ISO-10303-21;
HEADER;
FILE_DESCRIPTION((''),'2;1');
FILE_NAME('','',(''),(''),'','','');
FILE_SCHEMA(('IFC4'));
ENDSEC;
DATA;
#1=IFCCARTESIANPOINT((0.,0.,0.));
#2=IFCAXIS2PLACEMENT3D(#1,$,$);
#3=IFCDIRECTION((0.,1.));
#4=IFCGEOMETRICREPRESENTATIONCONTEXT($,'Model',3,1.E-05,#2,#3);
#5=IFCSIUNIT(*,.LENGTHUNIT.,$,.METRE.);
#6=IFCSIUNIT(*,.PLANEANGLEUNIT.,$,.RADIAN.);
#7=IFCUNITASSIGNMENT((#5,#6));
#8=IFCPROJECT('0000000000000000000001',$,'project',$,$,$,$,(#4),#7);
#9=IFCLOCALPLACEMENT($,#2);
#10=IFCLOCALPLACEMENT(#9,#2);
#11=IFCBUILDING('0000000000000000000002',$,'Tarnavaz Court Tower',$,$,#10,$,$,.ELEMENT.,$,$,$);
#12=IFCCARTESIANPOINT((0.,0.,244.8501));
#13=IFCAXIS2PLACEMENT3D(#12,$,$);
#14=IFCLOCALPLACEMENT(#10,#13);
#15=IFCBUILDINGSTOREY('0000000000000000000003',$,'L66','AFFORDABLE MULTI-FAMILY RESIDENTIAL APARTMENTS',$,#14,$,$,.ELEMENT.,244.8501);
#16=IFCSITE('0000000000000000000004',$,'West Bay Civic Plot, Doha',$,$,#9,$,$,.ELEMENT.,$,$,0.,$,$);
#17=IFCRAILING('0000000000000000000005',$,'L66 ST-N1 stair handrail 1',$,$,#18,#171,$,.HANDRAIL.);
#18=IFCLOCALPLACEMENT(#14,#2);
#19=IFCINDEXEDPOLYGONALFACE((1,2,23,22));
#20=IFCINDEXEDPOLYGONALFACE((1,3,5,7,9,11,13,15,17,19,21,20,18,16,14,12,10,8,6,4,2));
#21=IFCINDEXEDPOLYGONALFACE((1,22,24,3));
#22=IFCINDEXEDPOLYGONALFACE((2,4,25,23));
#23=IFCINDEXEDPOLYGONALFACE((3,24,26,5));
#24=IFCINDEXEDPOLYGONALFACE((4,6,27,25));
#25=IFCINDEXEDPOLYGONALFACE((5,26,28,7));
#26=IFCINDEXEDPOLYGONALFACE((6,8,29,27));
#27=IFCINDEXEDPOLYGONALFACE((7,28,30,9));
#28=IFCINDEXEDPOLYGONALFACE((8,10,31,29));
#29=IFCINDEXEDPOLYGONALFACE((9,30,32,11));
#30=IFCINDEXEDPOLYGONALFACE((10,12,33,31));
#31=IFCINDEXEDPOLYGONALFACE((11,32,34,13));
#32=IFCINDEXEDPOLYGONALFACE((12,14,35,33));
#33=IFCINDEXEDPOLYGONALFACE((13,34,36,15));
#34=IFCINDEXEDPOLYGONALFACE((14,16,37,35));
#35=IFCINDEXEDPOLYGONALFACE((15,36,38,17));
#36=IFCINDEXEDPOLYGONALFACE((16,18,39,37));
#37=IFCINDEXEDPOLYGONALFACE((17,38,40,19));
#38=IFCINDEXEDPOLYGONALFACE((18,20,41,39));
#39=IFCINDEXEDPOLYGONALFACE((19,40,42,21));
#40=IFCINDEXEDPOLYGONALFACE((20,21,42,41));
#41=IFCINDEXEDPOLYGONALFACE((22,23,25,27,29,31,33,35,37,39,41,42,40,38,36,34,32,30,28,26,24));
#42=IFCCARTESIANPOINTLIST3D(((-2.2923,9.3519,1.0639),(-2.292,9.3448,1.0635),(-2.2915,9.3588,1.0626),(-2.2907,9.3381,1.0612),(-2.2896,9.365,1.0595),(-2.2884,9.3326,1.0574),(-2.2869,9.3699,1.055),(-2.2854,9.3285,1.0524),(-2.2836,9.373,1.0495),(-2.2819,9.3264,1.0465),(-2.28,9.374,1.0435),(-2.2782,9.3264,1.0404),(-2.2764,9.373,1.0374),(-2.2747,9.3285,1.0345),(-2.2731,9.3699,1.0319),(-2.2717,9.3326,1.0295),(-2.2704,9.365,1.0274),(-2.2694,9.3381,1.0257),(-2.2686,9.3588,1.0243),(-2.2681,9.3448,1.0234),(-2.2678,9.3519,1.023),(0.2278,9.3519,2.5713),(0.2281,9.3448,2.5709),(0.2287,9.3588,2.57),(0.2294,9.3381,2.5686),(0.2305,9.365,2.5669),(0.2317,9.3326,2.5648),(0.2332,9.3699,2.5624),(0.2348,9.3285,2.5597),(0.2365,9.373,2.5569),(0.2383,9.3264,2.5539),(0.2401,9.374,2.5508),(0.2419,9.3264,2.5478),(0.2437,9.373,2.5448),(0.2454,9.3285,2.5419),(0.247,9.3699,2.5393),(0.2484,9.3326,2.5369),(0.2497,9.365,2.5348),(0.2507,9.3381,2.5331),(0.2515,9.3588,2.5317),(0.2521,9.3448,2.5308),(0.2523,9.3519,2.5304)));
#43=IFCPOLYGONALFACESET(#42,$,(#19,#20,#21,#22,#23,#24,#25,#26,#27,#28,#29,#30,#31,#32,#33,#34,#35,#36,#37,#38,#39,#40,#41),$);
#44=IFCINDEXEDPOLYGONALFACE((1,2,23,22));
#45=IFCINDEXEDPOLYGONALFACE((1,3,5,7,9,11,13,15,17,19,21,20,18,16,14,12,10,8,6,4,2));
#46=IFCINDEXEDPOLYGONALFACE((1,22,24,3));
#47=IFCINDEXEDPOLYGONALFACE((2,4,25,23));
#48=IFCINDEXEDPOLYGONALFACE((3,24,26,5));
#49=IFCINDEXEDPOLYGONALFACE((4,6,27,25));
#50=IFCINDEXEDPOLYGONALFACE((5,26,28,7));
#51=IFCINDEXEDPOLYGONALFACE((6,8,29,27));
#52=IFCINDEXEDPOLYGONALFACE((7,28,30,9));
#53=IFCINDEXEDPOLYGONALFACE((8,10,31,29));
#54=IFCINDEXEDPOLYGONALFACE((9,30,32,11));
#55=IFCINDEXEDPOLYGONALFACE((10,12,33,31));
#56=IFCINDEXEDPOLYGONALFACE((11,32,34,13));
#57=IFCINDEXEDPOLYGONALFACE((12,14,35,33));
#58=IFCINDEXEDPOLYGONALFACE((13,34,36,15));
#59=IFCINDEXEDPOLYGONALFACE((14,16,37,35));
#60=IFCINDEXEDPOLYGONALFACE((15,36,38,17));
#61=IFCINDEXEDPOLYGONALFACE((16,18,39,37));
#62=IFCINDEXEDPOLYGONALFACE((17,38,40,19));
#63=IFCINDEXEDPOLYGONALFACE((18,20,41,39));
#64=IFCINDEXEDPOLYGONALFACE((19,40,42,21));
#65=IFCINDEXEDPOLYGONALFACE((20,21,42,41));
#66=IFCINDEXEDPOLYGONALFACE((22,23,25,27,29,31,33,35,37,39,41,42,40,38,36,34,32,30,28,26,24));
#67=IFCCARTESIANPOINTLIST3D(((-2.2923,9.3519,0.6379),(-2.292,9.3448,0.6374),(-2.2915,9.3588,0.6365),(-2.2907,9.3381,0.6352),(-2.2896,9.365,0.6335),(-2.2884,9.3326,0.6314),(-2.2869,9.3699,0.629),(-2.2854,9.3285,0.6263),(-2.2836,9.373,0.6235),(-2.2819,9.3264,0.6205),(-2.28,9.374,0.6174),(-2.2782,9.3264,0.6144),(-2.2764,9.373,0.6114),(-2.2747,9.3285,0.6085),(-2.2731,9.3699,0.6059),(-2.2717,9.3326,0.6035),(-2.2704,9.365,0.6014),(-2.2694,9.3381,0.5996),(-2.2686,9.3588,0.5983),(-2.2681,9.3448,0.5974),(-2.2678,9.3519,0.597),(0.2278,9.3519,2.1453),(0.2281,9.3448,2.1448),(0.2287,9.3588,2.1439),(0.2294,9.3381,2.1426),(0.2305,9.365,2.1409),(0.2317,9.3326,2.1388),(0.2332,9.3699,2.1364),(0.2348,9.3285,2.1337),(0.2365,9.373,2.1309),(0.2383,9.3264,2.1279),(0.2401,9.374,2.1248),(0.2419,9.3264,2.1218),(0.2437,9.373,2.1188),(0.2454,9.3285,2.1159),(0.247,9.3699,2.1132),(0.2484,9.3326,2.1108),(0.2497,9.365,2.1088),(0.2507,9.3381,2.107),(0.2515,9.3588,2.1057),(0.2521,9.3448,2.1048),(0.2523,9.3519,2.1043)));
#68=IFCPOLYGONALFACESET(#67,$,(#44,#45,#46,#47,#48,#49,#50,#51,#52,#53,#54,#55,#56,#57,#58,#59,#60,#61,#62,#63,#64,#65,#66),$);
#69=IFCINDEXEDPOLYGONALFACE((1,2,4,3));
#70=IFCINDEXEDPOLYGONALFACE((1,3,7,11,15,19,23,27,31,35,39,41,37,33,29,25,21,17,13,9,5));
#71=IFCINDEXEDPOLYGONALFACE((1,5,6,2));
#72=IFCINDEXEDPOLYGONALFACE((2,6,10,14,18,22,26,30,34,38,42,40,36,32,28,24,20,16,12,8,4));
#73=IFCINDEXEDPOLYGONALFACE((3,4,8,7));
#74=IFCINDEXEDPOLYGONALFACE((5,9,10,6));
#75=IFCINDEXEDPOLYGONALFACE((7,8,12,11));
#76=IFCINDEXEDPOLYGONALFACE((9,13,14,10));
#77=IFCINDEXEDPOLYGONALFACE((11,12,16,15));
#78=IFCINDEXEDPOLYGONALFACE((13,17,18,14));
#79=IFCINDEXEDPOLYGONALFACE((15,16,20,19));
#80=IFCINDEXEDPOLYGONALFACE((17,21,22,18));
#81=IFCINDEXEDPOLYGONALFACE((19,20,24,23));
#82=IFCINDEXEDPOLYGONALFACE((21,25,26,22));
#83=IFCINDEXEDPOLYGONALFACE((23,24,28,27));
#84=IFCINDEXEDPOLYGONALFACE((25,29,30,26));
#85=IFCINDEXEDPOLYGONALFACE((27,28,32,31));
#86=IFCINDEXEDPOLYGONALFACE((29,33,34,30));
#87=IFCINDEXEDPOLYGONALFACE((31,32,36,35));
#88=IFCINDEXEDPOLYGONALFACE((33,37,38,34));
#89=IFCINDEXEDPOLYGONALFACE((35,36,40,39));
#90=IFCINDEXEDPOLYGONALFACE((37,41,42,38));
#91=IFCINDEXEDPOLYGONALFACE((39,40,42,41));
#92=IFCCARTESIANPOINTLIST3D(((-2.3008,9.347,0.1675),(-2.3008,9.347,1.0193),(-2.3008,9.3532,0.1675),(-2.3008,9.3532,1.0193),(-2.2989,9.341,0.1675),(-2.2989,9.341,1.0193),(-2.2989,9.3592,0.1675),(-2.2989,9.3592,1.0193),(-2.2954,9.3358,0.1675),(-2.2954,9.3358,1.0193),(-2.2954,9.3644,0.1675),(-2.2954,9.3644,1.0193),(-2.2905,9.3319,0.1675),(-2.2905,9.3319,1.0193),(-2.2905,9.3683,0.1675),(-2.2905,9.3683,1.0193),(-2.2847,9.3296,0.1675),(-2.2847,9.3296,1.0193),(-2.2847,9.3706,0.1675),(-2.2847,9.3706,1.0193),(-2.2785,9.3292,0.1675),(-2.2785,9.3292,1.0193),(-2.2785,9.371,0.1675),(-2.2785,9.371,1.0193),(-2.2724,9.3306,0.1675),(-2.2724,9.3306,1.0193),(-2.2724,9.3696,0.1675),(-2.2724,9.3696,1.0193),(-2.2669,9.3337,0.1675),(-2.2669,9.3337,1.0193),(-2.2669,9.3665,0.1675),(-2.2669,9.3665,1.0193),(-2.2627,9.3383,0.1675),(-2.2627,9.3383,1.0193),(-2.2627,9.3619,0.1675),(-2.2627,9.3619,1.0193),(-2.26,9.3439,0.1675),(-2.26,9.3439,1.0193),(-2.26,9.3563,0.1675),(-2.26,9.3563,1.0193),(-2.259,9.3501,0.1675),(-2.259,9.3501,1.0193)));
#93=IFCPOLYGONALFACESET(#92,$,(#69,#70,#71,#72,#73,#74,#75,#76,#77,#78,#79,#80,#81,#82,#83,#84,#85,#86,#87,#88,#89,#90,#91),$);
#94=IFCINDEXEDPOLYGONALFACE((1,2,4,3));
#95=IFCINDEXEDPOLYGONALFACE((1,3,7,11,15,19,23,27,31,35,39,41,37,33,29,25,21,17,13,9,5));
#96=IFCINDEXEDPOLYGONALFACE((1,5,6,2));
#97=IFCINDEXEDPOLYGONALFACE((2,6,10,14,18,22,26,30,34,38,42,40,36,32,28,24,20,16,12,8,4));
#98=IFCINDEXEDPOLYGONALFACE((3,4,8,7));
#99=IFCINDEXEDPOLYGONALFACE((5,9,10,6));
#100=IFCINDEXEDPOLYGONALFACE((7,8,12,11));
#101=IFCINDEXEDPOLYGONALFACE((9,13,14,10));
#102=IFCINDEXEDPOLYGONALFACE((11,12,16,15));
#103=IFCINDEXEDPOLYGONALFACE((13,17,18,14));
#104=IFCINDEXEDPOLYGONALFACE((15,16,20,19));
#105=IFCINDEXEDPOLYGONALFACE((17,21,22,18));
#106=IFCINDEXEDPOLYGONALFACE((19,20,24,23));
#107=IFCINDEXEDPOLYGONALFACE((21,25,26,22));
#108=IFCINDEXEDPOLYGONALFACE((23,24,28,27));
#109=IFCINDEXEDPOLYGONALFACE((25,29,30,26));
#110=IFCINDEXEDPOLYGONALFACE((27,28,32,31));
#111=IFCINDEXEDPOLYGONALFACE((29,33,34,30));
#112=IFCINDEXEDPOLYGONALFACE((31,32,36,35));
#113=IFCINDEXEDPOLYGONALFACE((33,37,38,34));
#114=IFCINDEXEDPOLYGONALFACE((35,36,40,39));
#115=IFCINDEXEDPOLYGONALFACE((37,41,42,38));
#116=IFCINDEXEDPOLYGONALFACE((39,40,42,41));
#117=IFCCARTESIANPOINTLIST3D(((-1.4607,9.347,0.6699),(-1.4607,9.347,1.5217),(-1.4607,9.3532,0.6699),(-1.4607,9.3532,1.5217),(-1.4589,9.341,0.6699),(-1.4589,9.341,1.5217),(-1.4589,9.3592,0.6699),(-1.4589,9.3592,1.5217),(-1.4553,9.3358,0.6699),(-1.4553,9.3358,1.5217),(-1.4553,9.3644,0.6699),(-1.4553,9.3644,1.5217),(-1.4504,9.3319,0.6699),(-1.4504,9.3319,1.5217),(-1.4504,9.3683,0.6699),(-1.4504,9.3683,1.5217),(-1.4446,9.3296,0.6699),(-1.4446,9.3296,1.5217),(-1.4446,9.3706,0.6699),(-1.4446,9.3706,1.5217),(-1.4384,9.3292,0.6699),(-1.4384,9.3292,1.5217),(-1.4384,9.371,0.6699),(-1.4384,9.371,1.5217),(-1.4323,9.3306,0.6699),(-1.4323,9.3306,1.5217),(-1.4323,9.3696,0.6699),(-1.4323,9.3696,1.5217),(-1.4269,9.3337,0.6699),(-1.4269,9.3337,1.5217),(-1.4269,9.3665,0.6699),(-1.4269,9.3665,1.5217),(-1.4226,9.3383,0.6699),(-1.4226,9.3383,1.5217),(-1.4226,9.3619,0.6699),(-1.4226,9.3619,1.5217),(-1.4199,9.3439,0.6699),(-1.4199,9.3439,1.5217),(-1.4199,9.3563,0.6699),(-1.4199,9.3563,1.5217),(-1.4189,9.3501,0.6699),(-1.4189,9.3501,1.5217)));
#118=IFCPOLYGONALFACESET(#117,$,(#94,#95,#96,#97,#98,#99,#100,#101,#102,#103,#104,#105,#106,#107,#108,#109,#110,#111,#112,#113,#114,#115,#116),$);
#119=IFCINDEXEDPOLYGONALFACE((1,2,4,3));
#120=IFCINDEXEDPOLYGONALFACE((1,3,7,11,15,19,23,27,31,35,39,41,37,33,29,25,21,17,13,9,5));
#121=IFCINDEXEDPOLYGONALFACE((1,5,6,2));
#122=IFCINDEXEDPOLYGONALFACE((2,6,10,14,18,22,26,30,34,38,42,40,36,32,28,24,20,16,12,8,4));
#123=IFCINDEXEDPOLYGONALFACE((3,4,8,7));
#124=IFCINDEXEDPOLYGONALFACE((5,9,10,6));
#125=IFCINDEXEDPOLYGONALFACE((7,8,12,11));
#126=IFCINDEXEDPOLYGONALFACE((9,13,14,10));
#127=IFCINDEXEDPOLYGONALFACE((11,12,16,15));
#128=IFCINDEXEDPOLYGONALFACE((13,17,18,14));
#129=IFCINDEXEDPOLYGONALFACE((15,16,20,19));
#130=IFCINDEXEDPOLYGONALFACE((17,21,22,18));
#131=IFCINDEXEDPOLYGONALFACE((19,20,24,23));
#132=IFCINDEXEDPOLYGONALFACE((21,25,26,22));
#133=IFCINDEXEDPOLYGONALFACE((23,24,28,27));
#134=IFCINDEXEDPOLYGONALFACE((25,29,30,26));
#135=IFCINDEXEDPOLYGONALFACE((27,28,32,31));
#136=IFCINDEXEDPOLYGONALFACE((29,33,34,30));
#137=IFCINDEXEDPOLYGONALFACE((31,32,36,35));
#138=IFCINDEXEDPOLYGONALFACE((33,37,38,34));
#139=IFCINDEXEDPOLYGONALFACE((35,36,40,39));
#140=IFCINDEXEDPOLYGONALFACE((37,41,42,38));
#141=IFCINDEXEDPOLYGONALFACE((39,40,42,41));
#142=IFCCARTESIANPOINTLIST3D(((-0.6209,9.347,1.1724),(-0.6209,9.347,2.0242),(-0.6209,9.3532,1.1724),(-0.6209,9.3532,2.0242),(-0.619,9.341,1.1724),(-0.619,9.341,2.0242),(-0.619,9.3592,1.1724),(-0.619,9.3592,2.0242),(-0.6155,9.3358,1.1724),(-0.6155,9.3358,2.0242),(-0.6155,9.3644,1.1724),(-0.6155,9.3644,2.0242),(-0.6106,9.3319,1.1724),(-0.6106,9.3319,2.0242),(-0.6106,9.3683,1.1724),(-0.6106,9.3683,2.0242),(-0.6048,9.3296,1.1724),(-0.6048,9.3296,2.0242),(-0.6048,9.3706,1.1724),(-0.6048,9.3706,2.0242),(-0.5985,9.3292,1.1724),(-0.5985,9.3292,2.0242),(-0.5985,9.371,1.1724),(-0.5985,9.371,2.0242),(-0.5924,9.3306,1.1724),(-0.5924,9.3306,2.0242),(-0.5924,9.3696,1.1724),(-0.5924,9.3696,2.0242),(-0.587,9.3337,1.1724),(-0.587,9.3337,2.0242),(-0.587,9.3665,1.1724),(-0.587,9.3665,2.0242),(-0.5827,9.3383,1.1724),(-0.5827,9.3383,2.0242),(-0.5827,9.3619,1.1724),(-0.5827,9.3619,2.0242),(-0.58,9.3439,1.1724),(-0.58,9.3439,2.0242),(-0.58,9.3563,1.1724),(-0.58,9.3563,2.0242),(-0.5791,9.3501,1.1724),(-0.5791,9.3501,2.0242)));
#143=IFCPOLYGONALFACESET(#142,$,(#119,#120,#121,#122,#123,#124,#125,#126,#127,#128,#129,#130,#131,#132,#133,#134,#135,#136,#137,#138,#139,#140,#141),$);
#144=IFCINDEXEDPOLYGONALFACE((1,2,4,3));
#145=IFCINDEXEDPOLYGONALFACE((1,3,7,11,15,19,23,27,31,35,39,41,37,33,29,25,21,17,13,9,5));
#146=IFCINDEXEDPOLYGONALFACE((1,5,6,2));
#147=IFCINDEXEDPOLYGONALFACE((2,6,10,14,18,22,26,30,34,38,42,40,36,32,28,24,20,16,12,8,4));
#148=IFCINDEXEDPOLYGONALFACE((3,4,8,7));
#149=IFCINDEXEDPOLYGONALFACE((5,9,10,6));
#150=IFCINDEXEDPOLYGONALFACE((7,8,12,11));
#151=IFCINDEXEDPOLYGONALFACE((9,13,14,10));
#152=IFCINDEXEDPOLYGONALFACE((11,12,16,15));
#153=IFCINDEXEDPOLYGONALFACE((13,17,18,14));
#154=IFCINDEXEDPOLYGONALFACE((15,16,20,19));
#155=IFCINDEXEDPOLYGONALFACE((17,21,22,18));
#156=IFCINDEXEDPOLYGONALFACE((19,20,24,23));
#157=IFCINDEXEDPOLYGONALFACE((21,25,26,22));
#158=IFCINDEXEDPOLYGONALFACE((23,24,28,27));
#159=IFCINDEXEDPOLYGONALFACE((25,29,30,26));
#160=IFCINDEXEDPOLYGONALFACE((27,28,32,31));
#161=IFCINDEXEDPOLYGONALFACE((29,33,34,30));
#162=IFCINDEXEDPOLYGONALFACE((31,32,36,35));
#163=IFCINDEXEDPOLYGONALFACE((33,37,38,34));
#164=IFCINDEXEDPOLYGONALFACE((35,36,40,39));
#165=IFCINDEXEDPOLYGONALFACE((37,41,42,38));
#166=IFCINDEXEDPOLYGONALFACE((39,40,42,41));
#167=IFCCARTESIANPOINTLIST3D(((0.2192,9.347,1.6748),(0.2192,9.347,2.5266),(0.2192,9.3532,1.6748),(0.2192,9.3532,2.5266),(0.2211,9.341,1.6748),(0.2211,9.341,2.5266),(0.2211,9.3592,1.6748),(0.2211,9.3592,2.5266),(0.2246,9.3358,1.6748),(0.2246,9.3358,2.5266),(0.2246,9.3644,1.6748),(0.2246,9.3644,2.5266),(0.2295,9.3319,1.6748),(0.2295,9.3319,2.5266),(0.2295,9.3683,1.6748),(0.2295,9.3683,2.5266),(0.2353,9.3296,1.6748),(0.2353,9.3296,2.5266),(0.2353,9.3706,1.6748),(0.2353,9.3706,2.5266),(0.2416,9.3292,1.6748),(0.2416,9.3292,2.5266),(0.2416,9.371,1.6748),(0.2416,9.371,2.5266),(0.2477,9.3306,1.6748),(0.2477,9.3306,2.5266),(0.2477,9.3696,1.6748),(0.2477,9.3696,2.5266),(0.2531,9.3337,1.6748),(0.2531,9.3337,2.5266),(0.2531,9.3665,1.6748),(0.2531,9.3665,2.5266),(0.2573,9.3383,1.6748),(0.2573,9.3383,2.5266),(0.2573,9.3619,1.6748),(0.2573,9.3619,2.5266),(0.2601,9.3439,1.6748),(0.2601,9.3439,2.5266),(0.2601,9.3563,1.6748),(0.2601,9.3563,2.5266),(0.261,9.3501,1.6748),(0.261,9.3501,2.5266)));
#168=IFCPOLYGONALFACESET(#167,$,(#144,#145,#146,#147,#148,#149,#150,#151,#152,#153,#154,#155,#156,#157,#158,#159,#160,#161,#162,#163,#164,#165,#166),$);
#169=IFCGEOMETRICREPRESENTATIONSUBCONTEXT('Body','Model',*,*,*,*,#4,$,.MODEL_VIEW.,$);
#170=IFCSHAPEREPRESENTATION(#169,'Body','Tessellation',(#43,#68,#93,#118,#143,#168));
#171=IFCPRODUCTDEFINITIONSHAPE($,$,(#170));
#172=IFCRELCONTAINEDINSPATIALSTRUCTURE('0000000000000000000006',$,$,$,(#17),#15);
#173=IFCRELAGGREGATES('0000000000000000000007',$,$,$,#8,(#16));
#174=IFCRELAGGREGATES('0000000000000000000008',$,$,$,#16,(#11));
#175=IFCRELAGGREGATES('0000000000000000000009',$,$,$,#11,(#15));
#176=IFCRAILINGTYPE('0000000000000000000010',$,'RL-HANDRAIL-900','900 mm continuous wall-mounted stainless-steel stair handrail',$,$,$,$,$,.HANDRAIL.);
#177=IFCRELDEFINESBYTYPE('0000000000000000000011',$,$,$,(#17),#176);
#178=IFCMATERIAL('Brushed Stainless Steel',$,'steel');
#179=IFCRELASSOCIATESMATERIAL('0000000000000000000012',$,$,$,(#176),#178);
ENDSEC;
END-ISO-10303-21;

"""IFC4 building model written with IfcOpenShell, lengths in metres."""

from ifc_helpers import new_model, si_unit, direction, frame, origin, origin_2d, place, context, subcontext, project, spatial, circle, extrude, material, type_object, element, save


model = new_model("IFC4")

# Units and contexts
model_context = context("Model", 3, precision=1e-05, world=origin(), true_north=direction((0.0, 1.0)))
body_context = subcontext(model_context, "Body", "Model", "MODEL_VIEW")
ifc_project = project(units=[si_unit("LENGTHUNIT", "METRE"), si_unit("PLANEANGLEUNIT", "RADIAN")], contexts=[model_context])

# Site, building, storey
site_placement = place(None, origin())
site = spatial("IfcSite", under=ifc_project, at=site_placement, Name="West Bay Civic Plot, Doha", CompositionType="ELEMENT", RefElevation=0.0)
building_placement = place(site_placement, origin())
building = spatial("IfcBuilding", under=site, at=building_placement, Name="Tarnavaz Court Tower", CompositionType="ELEMENT")
storey_placement = place(building_placement, frame((0.0, 0.0, 244.8501)))
storey = spatial("IfcBuildingStorey", under=building, at=storey_placement, Name="L66", Description="AFFORDABLE MULTI-FAMILY RESIDENTIAL APARTMENTS", CompositionType="ELEMENT", Elevation=244.8501)

# Railing
ifc_material_1 = material(Name="Brushed Stainless Steel", Category="steel")
railing_type_1 = type_object("IfcRailingType", Name="RL-HANDRAIL-900", Description="900 mm continuous wall-mounted stainless-steel stair handrail", PredefinedType="HANDRAIL", material=ifc_material_1)
railing_1_placement = place(storey_placement, frame((-2.28, 9.3501, 0.1675)))
element("IfcRailing", 1, at=railing_1_placement, inside=storey, type_object=railing_type_1, Name="L66 ST-N1 stair handrail 1", PredefinedType="HANDRAIL", context=body_context, shape_type="SweptSolid", body=[
    extrude(circle(Radius=0.0239, at=origin_2d()), frame((0.0, 0.0, 0.876), z_axis=(0.858196, 0.0, 0.513321), x_axis=(0.0, 1.0, 0.0)), (0.0, 0.0, 1.0), 2.9365),
    extrude(circle(Radius=0.0239, at=origin_2d()), frame((0.0, 0.0, 0.45), z_axis=(0.858196, 0.0, 0.513321), x_axis=(0.0, 1.0, 0.0)), (0.0, 0.0, 1.0), 2.9365),
    extrude(circle(Radius=0.021, at=origin_2d()), origin(), (0.0, 0.0, 1.0), 0.8518),
    extrude(circle(Radius=0.021, at=origin_2d()), frame((0.8401, 0.0, 0.5024)), (0.0, 0.0, 1.0), 0.8518),
    extrude(circle(Radius=0.021, at=origin_2d()), frame((1.6799, 0.0, 1.0049)), (0.0, 0.0, 1.0), 0.8518),
    extrude(circle(Radius=0.021, at=origin_2d()), frame((2.52, 0.0, 1.5073)), (0.0, 0.0, 1.0), 0.8518),
])

save(model, "model.ifc")
